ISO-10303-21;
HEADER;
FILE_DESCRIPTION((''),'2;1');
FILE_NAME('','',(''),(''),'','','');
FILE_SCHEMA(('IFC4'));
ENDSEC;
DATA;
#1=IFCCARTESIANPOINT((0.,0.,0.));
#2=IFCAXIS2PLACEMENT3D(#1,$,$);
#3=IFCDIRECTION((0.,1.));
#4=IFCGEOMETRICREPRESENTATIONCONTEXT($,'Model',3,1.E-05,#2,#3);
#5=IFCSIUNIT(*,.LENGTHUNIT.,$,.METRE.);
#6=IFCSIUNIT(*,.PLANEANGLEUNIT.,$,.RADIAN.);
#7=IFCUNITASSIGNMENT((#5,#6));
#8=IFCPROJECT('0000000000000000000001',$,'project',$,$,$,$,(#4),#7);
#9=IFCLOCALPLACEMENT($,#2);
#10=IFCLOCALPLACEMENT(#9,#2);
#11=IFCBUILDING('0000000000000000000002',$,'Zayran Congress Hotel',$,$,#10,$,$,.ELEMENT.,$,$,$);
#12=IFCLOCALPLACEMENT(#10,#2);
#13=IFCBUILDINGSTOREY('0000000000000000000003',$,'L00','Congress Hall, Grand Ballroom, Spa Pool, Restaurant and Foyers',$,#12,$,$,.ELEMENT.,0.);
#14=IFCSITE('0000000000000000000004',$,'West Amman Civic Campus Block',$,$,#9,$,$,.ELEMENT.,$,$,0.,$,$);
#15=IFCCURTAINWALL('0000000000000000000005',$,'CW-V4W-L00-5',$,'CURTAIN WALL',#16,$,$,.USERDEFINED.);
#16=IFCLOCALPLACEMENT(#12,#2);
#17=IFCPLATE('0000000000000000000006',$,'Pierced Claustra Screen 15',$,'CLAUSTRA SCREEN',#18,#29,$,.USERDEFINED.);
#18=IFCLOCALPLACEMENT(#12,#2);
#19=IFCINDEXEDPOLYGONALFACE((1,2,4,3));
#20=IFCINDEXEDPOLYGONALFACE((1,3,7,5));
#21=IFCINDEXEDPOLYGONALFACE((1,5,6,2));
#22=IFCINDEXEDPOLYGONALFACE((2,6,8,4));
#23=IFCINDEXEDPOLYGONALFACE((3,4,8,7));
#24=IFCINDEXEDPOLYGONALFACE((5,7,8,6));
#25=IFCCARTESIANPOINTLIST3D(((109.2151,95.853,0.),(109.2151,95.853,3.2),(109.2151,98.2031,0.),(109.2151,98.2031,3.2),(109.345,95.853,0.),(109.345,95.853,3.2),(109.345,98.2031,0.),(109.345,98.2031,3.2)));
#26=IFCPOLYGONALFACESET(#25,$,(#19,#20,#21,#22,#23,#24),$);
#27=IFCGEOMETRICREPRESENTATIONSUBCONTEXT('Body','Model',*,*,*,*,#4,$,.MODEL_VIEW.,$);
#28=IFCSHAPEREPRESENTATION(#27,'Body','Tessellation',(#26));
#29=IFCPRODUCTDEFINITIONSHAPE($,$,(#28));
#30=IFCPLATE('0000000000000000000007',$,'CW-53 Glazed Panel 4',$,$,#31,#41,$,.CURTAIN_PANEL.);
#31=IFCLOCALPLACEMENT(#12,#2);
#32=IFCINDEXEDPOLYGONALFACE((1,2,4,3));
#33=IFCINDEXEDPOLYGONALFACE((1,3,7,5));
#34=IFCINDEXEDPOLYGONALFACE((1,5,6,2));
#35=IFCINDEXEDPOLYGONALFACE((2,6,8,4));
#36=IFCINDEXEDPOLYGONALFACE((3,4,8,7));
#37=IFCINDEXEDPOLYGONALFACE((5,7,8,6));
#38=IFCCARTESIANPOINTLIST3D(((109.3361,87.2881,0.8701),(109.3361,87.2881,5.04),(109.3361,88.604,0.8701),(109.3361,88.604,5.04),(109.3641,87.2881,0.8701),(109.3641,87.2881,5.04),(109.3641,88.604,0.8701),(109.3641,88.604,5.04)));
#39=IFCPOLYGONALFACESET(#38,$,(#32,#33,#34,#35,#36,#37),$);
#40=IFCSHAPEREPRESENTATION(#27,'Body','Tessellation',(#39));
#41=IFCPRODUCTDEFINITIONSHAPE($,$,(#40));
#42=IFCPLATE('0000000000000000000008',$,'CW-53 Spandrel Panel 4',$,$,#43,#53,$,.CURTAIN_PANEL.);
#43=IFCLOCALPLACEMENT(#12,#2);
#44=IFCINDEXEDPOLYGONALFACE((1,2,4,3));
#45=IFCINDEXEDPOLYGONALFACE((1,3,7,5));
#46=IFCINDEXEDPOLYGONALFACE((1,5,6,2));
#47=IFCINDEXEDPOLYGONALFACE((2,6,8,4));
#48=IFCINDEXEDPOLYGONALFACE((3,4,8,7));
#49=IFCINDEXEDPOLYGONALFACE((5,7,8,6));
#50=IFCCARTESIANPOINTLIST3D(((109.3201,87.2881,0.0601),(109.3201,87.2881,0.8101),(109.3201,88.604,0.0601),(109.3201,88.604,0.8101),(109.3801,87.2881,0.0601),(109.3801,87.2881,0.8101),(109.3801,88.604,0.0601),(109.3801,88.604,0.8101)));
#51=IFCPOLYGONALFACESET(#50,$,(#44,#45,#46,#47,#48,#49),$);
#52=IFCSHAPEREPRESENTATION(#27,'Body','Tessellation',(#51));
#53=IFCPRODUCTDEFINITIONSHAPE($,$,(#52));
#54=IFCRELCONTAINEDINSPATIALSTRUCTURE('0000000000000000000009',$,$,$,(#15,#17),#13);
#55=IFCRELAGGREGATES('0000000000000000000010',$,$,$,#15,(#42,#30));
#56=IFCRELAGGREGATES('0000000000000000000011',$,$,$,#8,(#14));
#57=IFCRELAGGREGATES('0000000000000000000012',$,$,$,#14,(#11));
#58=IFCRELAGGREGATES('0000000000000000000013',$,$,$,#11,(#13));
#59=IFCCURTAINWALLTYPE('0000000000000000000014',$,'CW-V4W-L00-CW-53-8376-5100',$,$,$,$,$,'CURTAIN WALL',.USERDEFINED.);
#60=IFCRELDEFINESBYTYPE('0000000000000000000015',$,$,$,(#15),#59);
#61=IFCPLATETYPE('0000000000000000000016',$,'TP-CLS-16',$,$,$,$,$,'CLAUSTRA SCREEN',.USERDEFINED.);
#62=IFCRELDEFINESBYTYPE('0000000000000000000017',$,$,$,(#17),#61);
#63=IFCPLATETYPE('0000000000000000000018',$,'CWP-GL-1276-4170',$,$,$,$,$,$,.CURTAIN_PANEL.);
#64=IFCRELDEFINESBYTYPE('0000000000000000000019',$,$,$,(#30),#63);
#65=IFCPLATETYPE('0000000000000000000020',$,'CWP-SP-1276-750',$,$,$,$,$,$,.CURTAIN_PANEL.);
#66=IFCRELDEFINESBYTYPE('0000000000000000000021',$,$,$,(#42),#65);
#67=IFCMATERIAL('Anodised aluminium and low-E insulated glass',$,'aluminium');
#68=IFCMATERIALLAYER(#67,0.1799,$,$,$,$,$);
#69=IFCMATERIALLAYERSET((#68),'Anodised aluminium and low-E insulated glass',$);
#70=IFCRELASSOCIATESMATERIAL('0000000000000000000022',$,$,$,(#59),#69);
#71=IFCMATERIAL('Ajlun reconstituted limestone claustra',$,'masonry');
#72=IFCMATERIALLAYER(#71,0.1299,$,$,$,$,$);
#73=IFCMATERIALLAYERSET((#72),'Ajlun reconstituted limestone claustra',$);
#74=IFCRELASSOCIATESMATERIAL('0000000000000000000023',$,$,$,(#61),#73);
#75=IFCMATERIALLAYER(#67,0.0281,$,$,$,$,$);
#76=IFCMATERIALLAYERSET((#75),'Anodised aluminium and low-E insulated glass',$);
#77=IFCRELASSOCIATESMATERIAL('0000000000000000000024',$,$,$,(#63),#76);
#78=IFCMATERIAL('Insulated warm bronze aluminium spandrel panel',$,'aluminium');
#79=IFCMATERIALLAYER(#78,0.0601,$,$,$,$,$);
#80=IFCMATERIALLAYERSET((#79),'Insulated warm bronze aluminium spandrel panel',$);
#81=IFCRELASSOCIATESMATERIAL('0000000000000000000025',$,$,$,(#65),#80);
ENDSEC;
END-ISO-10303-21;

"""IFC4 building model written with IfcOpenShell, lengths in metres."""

from ifc_helpers import new_model, si_unit, direction, frame, origin, origin_2d, place, context, subcontext, project, spatial, rectangle, extrude, material, layer, layer_set, type_object, element, aggregate, save


model = new_model("IFC4")

# Units and contexts
model_context = context("Model", 3, precision=1e-05, world=origin(), true_north=direction((0.0, 1.0)))
body_context = subcontext(model_context, "Body", "Model", "MODEL_VIEW")
ifc_project = project(units=[si_unit("LENGTHUNIT", "METRE"), si_unit("PLANEANGLEUNIT", "RADIAN")], contexts=[model_context])

# Site, building, storey
site_placement = place(None, origin())
site = spatial("IfcSite", under=ifc_project, at=site_placement, Name="West Amman Civic Campus Block", CompositionType="ELEMENT", RefElevation=0.0)
building_placement = place(site_placement, origin())
building = spatial("IfcBuilding", under=site, at=building_placement, Name="Zayran Congress Hotel", CompositionType="ELEMENT")
storey_placement = place(building_placement, origin())
storey = spatial("IfcBuildingStorey", under=building, at=storey_placement, Name="L00", Description="Congress Hall, Grand Ballroom, Spa Pool, Restaurant and Foyers", CompositionType="ELEMENT", Elevation=0.0)

# Curtain wall
ifc_material_1 = material(Name="Anodised aluminium and low-E insulated glass", Category="aluminium")
ifc_layer_1 = layer(ifc_material_1, 0.1799)
ifc_layer_set_1 = layer_set([ifc_layer_1], Name="Anodised aluminium and low-E insulated glass")
curtain_wall_type_1 = type_object("IfcCurtainWallType", Name="CW-V4W-L00-CW-53-8376-5100", ElementType="CURTAIN WALL", PredefinedType="USERDEFINED", material=ifc_layer_set_1)
curtain_wall_1_placement = place(storey_placement, origin())
curtain_wall_1 = element("IfcCurtainWall", 1, at=curtain_wall_1_placement, inside=storey, type_object=curtain_wall_type_1, Name="CW-V4W-L00-5", ObjectType="CURTAIN WALL", PredefinedType="USERDEFINED")

# Plate
ifc_material_2 = material(Name="Ajlun reconstituted limestone claustra", Category="masonry")
ifc_layer_2 = layer(ifc_material_2, 0.1299)
ifc_layer_set_2 = layer_set([ifc_layer_2], Name="Ajlun reconstituted limestone claustra")
plate_type_1 = type_object("IfcPlateType", Name="TP-CLS-16", ElementType="CLAUSTRA SCREEN", PredefinedType="USERDEFINED", material=ifc_layer_set_2)
plate_1_placement = place(storey_placement, frame((109.28, 97.0281, 0.0), z_axis=(0.0, 0.0, 1.0), x_axis=(0.0, 1.0, 0.0)))
element("IfcPlate", 2, at=plate_1_placement, inside=storey, type_object=plate_type_1, Name="Pierced Claustra Screen 15", ObjectType="CLAUSTRA SCREEN", PredefinedType="USERDEFINED", context=body_context, shape_type="SweptSolid", body=[
    extrude(rectangle(XDim=2.3501, YDim=0.1299, at=origin_2d()), origin(), (0.0, 0.0, 1.0), 3.2),
])

# Plates
ifc_layer_3 = layer(ifc_material_1, 0.0281)
ifc_layer_set_3 = layer_set([ifc_layer_3], Name="Anodised aluminium and low-E insulated glass")
plate_type_2 = type_object("IfcPlateType", Name="CWP-GL-1276-4170", PredefinedType="CURTAIN_PANEL", material=ifc_layer_set_3)
plate_2_placement = place(storey_placement, frame((109.3501, 87.946, 0.8701), z_axis=(0.0, 0.0, 1.0), x_axis=(0.0, 1.0, 0.0)))
plate_2 = element("IfcPlate", 3, at=plate_2_placement, type_object=plate_type_2, Name="CW-53 Glazed Panel 4", PredefinedType="CURTAIN_PANEL", context=body_context, shape_type="SweptSolid", body=[
    extrude(rectangle(XDim=1.3159, YDim=0.0281, at=origin_2d()), origin(), (0.0, 0.0, 1.0), 4.1699),
])
ifc_material_3 = material(Name="Insulated warm bronze aluminium spandrel panel", Category="aluminium")
ifc_layer_4 = layer(ifc_material_3, 0.0601)
ifc_layer_set_4 = layer_set([ifc_layer_4], Name="Insulated warm bronze aluminium spandrel panel")
plate_type_3 = type_object("IfcPlateType", Name="CWP-SP-1276-750", PredefinedType="CURTAIN_PANEL", material=ifc_layer_set_4)
plate_3_placement = place(storey_placement, frame((109.3501, 87.946, 0.0601), z_axis=(0.0, 0.0, 1.0), x_axis=(0.0, 1.0, 0.0)))
plate_3 = element("IfcPlate", 4, at=plate_3_placement, type_object=plate_type_3, Name="CW-53 Spandrel Panel 4", PredefinedType="CURTAIN_PANEL", context=body_context, shape_type="SweptSolid", body=[
    extrude(rectangle(XDim=1.3159, YDim=0.0601, at=origin_2d()), origin(), (0.0, 0.0, 1.0), 0.75),
])
aggregate(curtain_wall_1, [plate_3, plate_2])

save(model, "model.ifc")
